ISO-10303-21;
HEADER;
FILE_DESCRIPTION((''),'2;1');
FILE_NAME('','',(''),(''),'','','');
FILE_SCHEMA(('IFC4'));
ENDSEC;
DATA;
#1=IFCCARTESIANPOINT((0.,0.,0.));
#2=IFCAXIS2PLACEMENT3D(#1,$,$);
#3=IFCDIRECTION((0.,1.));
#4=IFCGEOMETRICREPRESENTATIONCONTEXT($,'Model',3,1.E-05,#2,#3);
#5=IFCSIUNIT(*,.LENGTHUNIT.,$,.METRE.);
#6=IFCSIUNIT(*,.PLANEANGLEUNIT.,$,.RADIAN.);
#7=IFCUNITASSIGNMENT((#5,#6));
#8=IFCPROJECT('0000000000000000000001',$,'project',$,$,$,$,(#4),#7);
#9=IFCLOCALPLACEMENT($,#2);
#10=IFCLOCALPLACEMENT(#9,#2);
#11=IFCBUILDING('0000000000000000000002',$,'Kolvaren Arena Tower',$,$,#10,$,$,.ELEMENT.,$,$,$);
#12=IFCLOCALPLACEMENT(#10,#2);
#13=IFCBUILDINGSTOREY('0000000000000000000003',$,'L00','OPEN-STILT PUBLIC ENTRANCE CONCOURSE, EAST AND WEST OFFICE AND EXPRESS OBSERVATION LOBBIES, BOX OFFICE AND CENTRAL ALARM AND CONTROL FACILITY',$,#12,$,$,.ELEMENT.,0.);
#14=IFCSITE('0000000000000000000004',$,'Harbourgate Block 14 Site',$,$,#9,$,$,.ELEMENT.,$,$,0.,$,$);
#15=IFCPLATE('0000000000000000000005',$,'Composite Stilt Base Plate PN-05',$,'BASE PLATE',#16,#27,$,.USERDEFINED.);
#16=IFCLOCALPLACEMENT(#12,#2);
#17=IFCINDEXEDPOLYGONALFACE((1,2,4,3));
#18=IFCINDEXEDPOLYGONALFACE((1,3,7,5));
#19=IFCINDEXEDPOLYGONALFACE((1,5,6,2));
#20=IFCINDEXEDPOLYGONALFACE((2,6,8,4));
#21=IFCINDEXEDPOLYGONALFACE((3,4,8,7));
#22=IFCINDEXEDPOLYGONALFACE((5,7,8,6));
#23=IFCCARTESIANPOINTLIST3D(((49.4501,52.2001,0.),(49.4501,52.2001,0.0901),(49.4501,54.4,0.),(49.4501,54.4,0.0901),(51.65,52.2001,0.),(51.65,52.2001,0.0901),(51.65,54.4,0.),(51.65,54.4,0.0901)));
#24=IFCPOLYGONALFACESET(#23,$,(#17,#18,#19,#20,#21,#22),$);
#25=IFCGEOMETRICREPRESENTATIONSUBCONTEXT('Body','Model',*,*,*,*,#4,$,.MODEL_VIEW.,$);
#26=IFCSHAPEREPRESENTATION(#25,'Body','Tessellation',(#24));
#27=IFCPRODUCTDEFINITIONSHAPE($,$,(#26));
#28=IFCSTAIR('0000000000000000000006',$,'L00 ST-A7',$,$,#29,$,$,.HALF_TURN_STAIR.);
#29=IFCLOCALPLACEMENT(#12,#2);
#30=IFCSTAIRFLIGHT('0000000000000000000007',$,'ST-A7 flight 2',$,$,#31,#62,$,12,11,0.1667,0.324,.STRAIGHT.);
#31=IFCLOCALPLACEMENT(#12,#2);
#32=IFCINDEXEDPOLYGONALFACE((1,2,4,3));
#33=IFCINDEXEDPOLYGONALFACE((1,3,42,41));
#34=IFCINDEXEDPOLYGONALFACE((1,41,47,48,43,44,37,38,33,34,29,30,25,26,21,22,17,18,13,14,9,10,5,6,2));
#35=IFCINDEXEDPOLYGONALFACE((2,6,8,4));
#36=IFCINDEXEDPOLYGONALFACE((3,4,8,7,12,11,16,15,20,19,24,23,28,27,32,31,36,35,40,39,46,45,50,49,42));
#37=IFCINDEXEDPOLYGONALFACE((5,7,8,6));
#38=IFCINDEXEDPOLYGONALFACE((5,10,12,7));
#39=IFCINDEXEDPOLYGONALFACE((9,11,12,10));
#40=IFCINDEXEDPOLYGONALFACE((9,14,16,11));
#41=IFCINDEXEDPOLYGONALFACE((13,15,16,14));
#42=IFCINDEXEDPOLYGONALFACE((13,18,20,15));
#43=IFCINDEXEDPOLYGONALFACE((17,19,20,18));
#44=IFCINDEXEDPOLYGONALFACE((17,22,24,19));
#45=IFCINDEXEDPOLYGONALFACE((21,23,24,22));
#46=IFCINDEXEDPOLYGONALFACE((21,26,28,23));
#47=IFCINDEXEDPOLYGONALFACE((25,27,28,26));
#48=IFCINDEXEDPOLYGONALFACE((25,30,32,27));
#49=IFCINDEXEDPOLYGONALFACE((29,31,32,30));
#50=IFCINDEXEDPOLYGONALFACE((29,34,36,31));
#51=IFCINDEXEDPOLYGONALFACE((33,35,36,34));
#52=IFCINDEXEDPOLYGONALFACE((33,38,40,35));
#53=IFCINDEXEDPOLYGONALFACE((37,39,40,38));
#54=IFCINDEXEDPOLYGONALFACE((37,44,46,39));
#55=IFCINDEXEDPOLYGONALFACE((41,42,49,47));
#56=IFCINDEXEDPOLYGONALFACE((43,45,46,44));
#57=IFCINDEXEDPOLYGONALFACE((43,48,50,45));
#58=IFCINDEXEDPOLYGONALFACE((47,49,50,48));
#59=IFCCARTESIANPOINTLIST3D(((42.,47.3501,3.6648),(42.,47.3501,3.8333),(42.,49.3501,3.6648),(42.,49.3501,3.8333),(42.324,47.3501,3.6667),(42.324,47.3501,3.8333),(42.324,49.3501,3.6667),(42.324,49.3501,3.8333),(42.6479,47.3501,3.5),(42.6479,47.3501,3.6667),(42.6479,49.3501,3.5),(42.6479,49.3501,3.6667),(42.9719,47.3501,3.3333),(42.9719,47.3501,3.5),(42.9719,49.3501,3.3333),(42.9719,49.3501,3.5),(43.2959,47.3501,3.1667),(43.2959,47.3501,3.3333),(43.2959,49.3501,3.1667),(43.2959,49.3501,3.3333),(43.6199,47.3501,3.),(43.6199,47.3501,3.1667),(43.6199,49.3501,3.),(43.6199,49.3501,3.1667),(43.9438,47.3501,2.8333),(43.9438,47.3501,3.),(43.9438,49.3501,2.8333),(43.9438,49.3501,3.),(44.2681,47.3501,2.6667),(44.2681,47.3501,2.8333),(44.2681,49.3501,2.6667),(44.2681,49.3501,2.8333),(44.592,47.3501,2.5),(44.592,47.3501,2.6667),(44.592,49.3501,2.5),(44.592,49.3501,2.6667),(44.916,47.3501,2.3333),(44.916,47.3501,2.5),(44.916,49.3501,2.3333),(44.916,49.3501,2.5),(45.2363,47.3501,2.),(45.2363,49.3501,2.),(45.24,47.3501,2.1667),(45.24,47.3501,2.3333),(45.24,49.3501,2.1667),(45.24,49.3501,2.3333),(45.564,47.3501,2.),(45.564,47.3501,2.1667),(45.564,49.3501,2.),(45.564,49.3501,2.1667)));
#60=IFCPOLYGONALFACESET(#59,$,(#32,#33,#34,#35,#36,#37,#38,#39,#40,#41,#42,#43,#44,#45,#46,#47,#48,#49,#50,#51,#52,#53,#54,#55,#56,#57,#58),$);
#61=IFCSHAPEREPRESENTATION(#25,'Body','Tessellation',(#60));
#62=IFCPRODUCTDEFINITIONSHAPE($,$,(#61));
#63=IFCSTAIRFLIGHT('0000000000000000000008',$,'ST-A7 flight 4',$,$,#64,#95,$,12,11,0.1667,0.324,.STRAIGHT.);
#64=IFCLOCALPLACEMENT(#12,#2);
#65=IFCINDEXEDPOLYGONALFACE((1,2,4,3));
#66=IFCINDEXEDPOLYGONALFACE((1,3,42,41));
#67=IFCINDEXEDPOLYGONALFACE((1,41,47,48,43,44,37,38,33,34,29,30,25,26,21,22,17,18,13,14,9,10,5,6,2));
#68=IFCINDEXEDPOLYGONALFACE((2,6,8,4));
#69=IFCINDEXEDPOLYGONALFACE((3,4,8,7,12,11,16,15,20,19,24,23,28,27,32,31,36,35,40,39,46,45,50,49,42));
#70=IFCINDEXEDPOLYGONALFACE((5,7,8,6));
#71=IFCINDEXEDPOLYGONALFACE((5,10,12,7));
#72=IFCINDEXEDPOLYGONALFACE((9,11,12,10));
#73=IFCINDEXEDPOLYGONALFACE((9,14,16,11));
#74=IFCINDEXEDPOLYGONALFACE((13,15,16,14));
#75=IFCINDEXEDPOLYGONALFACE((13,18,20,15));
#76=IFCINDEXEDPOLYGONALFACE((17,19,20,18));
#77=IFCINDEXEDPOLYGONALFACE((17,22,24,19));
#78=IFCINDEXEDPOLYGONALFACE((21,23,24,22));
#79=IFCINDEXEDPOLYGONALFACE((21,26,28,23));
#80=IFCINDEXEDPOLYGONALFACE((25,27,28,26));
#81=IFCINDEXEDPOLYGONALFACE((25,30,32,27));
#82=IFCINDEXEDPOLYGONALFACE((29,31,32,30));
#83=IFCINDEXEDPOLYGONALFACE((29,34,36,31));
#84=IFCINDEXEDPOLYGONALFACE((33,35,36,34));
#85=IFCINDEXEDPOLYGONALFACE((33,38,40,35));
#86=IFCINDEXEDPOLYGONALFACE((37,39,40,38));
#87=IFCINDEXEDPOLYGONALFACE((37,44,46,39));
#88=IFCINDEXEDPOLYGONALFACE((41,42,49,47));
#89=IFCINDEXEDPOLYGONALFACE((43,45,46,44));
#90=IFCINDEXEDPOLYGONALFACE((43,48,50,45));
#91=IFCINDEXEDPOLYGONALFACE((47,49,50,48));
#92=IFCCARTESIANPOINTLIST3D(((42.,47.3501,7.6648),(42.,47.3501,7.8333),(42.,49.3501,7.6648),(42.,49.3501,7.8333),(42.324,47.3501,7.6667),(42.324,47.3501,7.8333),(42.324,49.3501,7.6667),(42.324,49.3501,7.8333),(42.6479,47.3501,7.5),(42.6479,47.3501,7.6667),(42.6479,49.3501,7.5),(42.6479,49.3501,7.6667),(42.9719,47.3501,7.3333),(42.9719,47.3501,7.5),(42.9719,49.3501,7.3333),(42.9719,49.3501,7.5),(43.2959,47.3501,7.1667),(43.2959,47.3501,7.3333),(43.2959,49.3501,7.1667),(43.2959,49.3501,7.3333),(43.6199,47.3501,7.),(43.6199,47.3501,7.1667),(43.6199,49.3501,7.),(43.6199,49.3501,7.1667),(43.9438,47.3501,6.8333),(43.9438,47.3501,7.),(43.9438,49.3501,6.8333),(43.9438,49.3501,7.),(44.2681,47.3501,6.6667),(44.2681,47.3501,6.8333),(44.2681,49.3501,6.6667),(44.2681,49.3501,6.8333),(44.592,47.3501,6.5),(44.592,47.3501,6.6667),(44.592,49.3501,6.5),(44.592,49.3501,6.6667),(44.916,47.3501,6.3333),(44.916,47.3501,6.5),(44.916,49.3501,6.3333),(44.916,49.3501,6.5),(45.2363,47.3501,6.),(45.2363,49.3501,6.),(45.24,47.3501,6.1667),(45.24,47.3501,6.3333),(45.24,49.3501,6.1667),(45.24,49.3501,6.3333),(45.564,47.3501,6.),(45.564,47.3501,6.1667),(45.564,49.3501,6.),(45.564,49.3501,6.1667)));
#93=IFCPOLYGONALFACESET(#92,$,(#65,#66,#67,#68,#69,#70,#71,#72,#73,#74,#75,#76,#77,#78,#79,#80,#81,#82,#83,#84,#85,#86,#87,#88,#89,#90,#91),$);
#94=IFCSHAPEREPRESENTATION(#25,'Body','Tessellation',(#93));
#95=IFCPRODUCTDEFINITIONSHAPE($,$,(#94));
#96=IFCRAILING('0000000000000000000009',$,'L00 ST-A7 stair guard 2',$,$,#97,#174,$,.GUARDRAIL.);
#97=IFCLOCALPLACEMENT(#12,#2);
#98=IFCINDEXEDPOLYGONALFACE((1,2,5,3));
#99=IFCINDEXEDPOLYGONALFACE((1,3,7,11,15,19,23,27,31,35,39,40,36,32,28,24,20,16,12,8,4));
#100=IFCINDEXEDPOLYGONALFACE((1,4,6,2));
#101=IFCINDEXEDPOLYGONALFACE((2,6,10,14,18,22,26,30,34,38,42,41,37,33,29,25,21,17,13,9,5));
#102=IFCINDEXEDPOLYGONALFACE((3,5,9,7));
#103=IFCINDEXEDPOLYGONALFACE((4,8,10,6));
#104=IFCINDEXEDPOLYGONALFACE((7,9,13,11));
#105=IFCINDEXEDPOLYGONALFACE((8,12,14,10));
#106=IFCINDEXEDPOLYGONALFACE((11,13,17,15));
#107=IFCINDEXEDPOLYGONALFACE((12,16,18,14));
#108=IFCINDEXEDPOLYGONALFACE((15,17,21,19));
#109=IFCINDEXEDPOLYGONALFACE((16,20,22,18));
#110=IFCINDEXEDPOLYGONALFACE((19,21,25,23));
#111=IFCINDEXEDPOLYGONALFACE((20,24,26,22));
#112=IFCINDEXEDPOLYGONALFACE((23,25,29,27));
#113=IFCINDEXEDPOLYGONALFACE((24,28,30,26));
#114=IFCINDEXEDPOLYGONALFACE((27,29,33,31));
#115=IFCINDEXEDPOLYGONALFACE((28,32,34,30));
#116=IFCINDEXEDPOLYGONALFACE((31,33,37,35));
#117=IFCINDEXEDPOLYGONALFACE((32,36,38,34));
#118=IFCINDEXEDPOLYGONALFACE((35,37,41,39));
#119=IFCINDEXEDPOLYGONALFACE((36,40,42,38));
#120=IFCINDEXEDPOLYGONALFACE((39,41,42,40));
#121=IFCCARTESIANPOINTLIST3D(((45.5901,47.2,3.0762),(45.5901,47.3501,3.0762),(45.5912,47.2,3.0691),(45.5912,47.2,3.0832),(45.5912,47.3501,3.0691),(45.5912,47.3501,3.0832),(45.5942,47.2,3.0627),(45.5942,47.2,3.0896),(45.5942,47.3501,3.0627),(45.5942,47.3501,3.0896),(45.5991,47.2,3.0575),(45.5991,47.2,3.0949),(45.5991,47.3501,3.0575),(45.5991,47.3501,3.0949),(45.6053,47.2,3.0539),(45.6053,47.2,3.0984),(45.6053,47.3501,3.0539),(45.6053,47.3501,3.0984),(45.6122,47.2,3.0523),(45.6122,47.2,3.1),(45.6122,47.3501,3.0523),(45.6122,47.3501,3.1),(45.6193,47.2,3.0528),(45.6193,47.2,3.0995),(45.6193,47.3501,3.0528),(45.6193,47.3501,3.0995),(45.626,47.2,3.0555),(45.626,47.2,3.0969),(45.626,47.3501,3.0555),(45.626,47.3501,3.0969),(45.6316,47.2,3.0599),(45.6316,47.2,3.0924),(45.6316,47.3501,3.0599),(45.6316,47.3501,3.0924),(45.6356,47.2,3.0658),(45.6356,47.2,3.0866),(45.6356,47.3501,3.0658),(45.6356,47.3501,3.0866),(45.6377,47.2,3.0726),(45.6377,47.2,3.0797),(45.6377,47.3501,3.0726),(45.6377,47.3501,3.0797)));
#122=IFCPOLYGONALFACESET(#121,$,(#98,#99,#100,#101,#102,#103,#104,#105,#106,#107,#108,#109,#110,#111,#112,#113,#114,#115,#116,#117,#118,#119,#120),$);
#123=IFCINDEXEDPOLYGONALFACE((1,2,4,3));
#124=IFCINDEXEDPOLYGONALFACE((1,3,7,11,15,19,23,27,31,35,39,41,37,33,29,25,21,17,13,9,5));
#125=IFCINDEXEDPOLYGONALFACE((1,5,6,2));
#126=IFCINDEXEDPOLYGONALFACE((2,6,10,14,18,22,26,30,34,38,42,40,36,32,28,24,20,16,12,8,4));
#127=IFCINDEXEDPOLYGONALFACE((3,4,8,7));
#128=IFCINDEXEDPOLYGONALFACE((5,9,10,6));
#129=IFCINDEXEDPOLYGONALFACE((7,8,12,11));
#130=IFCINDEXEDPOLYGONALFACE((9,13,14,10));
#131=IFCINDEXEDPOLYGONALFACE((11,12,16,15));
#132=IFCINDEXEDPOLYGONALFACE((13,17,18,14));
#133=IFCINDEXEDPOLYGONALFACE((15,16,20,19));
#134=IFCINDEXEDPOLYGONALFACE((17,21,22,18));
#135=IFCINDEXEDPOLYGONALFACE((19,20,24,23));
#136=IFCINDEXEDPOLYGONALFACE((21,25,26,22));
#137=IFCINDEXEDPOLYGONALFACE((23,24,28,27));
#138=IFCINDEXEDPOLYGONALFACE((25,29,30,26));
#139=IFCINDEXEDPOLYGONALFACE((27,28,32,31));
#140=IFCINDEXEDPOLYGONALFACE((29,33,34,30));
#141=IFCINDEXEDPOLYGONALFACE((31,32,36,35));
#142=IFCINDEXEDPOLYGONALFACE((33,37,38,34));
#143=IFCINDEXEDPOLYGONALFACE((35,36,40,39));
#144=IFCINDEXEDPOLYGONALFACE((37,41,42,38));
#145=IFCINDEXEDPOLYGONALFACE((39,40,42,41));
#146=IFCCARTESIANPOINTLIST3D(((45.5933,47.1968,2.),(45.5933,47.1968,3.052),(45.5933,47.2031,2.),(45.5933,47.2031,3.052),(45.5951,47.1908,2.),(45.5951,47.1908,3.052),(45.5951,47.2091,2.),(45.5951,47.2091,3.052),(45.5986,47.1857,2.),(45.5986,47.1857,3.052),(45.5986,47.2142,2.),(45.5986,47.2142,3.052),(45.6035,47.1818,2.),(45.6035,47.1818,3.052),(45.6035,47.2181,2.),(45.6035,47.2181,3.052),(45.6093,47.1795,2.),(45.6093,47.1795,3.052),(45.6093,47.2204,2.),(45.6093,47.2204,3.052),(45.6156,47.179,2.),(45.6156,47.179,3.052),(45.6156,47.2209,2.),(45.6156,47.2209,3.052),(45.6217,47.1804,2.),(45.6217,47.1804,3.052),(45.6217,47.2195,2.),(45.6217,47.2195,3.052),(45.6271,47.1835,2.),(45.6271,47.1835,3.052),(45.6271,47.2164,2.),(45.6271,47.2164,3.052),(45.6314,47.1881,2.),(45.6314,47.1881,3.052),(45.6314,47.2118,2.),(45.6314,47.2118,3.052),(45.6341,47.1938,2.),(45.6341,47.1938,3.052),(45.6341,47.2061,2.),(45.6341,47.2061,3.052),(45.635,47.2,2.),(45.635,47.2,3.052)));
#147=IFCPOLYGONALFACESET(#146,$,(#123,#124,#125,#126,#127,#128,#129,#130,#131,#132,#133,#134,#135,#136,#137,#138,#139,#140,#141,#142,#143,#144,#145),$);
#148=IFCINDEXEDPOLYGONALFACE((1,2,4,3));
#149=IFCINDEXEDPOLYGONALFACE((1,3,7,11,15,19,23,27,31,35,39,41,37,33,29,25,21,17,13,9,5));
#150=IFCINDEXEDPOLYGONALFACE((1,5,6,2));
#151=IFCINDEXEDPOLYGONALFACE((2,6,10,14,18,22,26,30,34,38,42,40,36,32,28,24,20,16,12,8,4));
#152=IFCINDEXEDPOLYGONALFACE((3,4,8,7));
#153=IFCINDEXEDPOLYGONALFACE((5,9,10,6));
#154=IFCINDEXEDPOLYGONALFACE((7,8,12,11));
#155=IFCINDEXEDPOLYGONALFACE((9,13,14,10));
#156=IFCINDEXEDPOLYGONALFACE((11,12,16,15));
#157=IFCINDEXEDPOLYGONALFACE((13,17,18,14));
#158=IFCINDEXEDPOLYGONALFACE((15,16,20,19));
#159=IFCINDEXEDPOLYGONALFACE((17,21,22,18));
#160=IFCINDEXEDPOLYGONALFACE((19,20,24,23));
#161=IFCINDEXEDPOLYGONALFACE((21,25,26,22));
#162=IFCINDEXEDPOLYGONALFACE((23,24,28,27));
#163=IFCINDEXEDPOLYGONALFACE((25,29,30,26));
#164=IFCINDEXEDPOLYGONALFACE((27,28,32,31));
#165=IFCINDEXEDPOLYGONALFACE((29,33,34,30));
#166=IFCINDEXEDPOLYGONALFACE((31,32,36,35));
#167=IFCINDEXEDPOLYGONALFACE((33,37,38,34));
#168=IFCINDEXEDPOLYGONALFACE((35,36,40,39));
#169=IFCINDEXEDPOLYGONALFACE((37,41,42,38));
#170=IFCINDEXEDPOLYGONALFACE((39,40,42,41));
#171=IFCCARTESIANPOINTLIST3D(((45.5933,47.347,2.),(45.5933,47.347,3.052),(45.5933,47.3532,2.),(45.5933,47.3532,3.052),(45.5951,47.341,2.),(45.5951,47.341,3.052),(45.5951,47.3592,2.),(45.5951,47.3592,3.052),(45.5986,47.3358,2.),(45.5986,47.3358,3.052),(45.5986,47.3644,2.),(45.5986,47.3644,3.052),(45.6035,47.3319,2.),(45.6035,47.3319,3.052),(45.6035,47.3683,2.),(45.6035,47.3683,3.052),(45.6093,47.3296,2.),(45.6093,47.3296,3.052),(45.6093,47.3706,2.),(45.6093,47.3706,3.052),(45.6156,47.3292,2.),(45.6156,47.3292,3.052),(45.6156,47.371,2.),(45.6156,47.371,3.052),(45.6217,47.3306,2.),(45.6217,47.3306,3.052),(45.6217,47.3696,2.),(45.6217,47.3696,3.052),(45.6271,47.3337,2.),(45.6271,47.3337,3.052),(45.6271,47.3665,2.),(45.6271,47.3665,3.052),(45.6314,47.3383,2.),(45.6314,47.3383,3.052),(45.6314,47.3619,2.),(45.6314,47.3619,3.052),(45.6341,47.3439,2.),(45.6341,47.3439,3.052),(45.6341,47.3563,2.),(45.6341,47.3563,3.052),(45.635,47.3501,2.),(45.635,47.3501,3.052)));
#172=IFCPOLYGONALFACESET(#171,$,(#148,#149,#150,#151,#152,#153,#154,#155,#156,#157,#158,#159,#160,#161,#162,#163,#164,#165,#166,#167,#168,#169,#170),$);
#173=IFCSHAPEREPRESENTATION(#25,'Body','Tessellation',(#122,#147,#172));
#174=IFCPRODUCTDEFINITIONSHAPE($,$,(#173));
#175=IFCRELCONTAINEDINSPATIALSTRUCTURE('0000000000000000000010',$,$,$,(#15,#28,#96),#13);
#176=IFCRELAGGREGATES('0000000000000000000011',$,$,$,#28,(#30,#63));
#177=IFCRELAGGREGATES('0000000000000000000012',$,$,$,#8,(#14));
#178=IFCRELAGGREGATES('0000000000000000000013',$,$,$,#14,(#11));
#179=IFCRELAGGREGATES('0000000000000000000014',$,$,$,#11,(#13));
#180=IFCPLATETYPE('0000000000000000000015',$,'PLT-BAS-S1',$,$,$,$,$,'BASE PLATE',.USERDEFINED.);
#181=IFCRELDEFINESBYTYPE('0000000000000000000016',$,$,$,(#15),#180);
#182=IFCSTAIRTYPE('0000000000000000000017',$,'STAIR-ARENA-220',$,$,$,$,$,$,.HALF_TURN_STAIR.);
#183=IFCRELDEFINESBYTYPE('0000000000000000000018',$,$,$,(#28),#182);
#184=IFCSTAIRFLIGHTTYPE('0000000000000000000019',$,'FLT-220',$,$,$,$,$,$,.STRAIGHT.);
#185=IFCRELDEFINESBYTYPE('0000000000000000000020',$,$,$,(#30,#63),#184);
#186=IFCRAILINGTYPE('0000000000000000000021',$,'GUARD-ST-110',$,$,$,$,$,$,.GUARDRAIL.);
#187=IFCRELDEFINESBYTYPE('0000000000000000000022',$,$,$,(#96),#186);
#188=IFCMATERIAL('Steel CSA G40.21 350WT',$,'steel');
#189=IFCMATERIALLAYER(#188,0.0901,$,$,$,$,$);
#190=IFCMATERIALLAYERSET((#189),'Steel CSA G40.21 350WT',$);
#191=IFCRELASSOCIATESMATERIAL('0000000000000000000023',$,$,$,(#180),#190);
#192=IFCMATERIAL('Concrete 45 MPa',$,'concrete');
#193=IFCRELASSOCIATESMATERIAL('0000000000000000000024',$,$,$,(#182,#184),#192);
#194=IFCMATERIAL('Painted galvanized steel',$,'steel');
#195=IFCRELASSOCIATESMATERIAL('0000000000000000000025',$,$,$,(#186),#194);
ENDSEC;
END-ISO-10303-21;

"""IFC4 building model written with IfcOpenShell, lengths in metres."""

from ifc_helpers import new_model, si_unit, direction, frame, origin, origin_2d, place, context, subcontext, project, spatial, polyline, rectangle, circle, outline, extrude, material, layer, layer_set, type_object, element, aggregate, save


model = new_model("IFC4")

# Units and contexts
model_context = context("Model", 3, precision=1e-05, world=origin(), true_north=direction((0.0, 1.0)))
body_context = subcontext(model_context, "Body", "Model", "MODEL_VIEW")
ifc_project = project(units=[si_unit("LENGTHUNIT", "METRE"), si_unit("PLANEANGLEUNIT", "RADIAN")], contexts=[model_context])

# Site, building, storey
site_placement = place(None, origin())
site = spatial("IfcSite", under=ifc_project, at=site_placement, Name="Harbourgate Block 14 Site", CompositionType="ELEMENT", RefElevation=0.0)
building_placement = place(site_placement, origin())
building = spatial("IfcBuilding", under=site, at=building_placement, Name="Kolvaren Arena Tower", CompositionType="ELEMENT")
storey_placement = place(building_placement, origin())
storey = spatial("IfcBuildingStorey", under=building, at=storey_placement, Name="L00", Description="OPEN-STILT PUBLIC ENTRANCE CONCOURSE, EAST AND WEST OFFICE AND EXPRESS OBSERVATION LOBBIES, BOX OFFICE AND CENTRAL ALARM AND CONTROL FACILITY", CompositionType="ELEMENT", Elevation=0.0)

# Shared definitions
ifc_material_1 = material(Name="Steel CSA G40.21 350WT", Category="steel")

# Plate
ifc_layer_1 = layer(ifc_material_1, 0.0901)
ifc_layer_set_1 = layer_set([ifc_layer_1], Name="Steel CSA G40.21 350WT")
plate_type_1 = type_object("IfcPlateType", Name="PLT-BAS-S1", ElementType="BASE PLATE", PredefinedType="USERDEFINED", material=ifc_layer_set_1)
plate_1_placement = place(storey_placement, frame((50.55, 53.3, 0.0), z_axis=(0.0, 0.0, 1.0), x_axis=(1.0, 0.0, 0.0)))
element("IfcPlate", 1, at=plate_1_placement, inside=storey, type_object=plate_type_1, Name="Composite Stilt Base Plate PN-05", ObjectType="BASE PLATE", PredefinedType="USERDEFINED", context=body_context, shape_type="SweptSolid", body=[
    extrude(rectangle(XDim=2.2, YDim=2.2, at=origin_2d()), origin(), (0.0, 0.0, 1.0), 0.0901),
])

# Stair, stair flights
ifc_material_2 = material(Name="Concrete 45 MPa", Category="concrete")
stair_type = type_object("IfcStairType", Name="STAIR-ARENA-220", PredefinedType="HALF_TURN_STAIR", material=ifc_material_2)
stair_placement = place(storey_placement, origin())
stair = element("IfcStair", 2, at=stair_placement, inside=storey, type_object=stair_type, Name="L00 ST-A7", PredefinedType="HALF_TURN_STAIR")
stair_flight_type = type_object("IfcStairFlightType", Name="FLT-220", PredefinedType="STRAIGHT", material=ifc_material_2)
stair_flight_1_placement = place(storey_placement, frame((45.564, 48.3501, 2.0), z_axis=(0.0, 0.0, 1.0), x_axis=(-1.0, 0.0, 0.0)))
stair_flight_1 = element("IfcStairFlight", 3, at=stair_flight_1_placement, type_object=stair_flight_type, Name="ST-A7 flight 2", NumberOfRisers=12, NumberOfTreads=11, PredefinedType="STRAIGHT", RiserHeight=0.1667, TreadLength=0.324, context=body_context, shape_type="SweptSolid", body=[
    extrude(outline(polyline([(0.0, 0.0), (0.0, 0.1667), (0.324, 0.1667), (0.324, 0.3333), (0.6479, 0.3333), (0.6479, 0.5), (0.9719, 0.5), (0.9719, 0.6667), (1.2959, 0.6667), (1.2959, 0.8333), (1.6201, 0.8333), (1.6201, 1.0), (1.9441, 1.0), (1.9441, 1.1667), (2.2681, 1.1667), (2.2681, 1.3333), (2.592, 1.3333), (2.592, 1.5), (2.916, 1.5), (2.916, 1.6667), (3.24, 1.6667), (3.24, 1.8333), (3.564, 1.8333), (3.564, 2.0), (3.564, 1.6648), (0.3276, 0.0), (0.0, 0.0)])), frame((0.0, 1.0, 0.0), z_axis=(0.0, -1.0, 0.0), x_axis=(1.0, 0.0, 0.0)), (0.0, 0.0, 1.0), 2.0),
])
stair_flight_2_placement = place(storey_placement, frame((45.564, 48.3501, 6.0), z_axis=(0.0, 0.0, 1.0), x_axis=(-1.0, 0.0, 0.0)))
stair_flight_2 = element("IfcStairFlight", 4, at=stair_flight_2_placement, type_object=stair_flight_type, Name="ST-A7 flight 4", NumberOfRisers=12, NumberOfTreads=11, PredefinedType="STRAIGHT", RiserHeight=0.1667, TreadLength=0.324, context=body_context, shape_type="SweptSolid", body=[
    extrude(outline(polyline([(0.0, 0.0), (0.0, 0.1667), (0.324, 0.1667), (0.324, 0.3333), (0.6479, 0.3333), (0.6479, 0.5), (0.9719, 0.5), (0.9719, 0.6667), (1.2959, 0.6667), (1.2959, 0.8333), (1.6201, 0.8333), (1.6201, 1.0), (1.9441, 1.0), (1.9441, 1.1667), (2.2681, 1.1667), (2.2681, 1.3333), (2.592, 1.3333), (2.592, 1.5), (2.916, 1.5), (2.916, 1.6667), (3.24, 1.6667), (3.24, 1.8333), (3.564, 1.8333), (3.564, 2.0), (3.564, 1.6648), (0.3276, 0.0), (0.0, 0.0)])), frame((0.0, 1.0, 0.0), z_axis=(0.0, -1.0, 0.0), x_axis=(1.0, 0.0, 0.0)), (0.0, 0.0, 1.0), 2.0),
])
aggregate(stair, [stair_flight_1, stair_flight_2])

# Railing
ifc_material_3 = material(Name="Painted galvanized steel", Category="steel")
railing_type_1 = type_object("IfcRailingType", Name="GUARD-ST-110", PredefinedType="GUARDRAIL", material=ifc_material_3)
railing_1_placement = place(storey_placement, frame((45.614, 47.2, 2.0)))
element("IfcRailing", 5, at=railing_1_placement, inside=storey, type_object=railing_type_1, Name="L00 ST-A7 stair guard 2", PredefinedType="GUARDRAIL", context=body_context, shape_type="SweptSolid", body=[
    extrude(circle(Radius=0.0239, at=origin_2d()), frame((0.0, 0.0, 1.0762), z_axis=(0.0, 1.0, 0.0), x_axis=(-1.0, 0.0, 0.0)), (0.0, 0.0, 1.0), 0.1501),
    extrude(circle(Radius=0.021, at=origin_2d()), origin(), (0.0, 0.0, 1.0), 1.052),
    extrude(circle(Radius=0.021, at=origin_2d()), frame((0.0, 0.1501, 0.0)), (0.0, 0.0, 1.0), 1.052),
])

save(model, "model.ifc")
